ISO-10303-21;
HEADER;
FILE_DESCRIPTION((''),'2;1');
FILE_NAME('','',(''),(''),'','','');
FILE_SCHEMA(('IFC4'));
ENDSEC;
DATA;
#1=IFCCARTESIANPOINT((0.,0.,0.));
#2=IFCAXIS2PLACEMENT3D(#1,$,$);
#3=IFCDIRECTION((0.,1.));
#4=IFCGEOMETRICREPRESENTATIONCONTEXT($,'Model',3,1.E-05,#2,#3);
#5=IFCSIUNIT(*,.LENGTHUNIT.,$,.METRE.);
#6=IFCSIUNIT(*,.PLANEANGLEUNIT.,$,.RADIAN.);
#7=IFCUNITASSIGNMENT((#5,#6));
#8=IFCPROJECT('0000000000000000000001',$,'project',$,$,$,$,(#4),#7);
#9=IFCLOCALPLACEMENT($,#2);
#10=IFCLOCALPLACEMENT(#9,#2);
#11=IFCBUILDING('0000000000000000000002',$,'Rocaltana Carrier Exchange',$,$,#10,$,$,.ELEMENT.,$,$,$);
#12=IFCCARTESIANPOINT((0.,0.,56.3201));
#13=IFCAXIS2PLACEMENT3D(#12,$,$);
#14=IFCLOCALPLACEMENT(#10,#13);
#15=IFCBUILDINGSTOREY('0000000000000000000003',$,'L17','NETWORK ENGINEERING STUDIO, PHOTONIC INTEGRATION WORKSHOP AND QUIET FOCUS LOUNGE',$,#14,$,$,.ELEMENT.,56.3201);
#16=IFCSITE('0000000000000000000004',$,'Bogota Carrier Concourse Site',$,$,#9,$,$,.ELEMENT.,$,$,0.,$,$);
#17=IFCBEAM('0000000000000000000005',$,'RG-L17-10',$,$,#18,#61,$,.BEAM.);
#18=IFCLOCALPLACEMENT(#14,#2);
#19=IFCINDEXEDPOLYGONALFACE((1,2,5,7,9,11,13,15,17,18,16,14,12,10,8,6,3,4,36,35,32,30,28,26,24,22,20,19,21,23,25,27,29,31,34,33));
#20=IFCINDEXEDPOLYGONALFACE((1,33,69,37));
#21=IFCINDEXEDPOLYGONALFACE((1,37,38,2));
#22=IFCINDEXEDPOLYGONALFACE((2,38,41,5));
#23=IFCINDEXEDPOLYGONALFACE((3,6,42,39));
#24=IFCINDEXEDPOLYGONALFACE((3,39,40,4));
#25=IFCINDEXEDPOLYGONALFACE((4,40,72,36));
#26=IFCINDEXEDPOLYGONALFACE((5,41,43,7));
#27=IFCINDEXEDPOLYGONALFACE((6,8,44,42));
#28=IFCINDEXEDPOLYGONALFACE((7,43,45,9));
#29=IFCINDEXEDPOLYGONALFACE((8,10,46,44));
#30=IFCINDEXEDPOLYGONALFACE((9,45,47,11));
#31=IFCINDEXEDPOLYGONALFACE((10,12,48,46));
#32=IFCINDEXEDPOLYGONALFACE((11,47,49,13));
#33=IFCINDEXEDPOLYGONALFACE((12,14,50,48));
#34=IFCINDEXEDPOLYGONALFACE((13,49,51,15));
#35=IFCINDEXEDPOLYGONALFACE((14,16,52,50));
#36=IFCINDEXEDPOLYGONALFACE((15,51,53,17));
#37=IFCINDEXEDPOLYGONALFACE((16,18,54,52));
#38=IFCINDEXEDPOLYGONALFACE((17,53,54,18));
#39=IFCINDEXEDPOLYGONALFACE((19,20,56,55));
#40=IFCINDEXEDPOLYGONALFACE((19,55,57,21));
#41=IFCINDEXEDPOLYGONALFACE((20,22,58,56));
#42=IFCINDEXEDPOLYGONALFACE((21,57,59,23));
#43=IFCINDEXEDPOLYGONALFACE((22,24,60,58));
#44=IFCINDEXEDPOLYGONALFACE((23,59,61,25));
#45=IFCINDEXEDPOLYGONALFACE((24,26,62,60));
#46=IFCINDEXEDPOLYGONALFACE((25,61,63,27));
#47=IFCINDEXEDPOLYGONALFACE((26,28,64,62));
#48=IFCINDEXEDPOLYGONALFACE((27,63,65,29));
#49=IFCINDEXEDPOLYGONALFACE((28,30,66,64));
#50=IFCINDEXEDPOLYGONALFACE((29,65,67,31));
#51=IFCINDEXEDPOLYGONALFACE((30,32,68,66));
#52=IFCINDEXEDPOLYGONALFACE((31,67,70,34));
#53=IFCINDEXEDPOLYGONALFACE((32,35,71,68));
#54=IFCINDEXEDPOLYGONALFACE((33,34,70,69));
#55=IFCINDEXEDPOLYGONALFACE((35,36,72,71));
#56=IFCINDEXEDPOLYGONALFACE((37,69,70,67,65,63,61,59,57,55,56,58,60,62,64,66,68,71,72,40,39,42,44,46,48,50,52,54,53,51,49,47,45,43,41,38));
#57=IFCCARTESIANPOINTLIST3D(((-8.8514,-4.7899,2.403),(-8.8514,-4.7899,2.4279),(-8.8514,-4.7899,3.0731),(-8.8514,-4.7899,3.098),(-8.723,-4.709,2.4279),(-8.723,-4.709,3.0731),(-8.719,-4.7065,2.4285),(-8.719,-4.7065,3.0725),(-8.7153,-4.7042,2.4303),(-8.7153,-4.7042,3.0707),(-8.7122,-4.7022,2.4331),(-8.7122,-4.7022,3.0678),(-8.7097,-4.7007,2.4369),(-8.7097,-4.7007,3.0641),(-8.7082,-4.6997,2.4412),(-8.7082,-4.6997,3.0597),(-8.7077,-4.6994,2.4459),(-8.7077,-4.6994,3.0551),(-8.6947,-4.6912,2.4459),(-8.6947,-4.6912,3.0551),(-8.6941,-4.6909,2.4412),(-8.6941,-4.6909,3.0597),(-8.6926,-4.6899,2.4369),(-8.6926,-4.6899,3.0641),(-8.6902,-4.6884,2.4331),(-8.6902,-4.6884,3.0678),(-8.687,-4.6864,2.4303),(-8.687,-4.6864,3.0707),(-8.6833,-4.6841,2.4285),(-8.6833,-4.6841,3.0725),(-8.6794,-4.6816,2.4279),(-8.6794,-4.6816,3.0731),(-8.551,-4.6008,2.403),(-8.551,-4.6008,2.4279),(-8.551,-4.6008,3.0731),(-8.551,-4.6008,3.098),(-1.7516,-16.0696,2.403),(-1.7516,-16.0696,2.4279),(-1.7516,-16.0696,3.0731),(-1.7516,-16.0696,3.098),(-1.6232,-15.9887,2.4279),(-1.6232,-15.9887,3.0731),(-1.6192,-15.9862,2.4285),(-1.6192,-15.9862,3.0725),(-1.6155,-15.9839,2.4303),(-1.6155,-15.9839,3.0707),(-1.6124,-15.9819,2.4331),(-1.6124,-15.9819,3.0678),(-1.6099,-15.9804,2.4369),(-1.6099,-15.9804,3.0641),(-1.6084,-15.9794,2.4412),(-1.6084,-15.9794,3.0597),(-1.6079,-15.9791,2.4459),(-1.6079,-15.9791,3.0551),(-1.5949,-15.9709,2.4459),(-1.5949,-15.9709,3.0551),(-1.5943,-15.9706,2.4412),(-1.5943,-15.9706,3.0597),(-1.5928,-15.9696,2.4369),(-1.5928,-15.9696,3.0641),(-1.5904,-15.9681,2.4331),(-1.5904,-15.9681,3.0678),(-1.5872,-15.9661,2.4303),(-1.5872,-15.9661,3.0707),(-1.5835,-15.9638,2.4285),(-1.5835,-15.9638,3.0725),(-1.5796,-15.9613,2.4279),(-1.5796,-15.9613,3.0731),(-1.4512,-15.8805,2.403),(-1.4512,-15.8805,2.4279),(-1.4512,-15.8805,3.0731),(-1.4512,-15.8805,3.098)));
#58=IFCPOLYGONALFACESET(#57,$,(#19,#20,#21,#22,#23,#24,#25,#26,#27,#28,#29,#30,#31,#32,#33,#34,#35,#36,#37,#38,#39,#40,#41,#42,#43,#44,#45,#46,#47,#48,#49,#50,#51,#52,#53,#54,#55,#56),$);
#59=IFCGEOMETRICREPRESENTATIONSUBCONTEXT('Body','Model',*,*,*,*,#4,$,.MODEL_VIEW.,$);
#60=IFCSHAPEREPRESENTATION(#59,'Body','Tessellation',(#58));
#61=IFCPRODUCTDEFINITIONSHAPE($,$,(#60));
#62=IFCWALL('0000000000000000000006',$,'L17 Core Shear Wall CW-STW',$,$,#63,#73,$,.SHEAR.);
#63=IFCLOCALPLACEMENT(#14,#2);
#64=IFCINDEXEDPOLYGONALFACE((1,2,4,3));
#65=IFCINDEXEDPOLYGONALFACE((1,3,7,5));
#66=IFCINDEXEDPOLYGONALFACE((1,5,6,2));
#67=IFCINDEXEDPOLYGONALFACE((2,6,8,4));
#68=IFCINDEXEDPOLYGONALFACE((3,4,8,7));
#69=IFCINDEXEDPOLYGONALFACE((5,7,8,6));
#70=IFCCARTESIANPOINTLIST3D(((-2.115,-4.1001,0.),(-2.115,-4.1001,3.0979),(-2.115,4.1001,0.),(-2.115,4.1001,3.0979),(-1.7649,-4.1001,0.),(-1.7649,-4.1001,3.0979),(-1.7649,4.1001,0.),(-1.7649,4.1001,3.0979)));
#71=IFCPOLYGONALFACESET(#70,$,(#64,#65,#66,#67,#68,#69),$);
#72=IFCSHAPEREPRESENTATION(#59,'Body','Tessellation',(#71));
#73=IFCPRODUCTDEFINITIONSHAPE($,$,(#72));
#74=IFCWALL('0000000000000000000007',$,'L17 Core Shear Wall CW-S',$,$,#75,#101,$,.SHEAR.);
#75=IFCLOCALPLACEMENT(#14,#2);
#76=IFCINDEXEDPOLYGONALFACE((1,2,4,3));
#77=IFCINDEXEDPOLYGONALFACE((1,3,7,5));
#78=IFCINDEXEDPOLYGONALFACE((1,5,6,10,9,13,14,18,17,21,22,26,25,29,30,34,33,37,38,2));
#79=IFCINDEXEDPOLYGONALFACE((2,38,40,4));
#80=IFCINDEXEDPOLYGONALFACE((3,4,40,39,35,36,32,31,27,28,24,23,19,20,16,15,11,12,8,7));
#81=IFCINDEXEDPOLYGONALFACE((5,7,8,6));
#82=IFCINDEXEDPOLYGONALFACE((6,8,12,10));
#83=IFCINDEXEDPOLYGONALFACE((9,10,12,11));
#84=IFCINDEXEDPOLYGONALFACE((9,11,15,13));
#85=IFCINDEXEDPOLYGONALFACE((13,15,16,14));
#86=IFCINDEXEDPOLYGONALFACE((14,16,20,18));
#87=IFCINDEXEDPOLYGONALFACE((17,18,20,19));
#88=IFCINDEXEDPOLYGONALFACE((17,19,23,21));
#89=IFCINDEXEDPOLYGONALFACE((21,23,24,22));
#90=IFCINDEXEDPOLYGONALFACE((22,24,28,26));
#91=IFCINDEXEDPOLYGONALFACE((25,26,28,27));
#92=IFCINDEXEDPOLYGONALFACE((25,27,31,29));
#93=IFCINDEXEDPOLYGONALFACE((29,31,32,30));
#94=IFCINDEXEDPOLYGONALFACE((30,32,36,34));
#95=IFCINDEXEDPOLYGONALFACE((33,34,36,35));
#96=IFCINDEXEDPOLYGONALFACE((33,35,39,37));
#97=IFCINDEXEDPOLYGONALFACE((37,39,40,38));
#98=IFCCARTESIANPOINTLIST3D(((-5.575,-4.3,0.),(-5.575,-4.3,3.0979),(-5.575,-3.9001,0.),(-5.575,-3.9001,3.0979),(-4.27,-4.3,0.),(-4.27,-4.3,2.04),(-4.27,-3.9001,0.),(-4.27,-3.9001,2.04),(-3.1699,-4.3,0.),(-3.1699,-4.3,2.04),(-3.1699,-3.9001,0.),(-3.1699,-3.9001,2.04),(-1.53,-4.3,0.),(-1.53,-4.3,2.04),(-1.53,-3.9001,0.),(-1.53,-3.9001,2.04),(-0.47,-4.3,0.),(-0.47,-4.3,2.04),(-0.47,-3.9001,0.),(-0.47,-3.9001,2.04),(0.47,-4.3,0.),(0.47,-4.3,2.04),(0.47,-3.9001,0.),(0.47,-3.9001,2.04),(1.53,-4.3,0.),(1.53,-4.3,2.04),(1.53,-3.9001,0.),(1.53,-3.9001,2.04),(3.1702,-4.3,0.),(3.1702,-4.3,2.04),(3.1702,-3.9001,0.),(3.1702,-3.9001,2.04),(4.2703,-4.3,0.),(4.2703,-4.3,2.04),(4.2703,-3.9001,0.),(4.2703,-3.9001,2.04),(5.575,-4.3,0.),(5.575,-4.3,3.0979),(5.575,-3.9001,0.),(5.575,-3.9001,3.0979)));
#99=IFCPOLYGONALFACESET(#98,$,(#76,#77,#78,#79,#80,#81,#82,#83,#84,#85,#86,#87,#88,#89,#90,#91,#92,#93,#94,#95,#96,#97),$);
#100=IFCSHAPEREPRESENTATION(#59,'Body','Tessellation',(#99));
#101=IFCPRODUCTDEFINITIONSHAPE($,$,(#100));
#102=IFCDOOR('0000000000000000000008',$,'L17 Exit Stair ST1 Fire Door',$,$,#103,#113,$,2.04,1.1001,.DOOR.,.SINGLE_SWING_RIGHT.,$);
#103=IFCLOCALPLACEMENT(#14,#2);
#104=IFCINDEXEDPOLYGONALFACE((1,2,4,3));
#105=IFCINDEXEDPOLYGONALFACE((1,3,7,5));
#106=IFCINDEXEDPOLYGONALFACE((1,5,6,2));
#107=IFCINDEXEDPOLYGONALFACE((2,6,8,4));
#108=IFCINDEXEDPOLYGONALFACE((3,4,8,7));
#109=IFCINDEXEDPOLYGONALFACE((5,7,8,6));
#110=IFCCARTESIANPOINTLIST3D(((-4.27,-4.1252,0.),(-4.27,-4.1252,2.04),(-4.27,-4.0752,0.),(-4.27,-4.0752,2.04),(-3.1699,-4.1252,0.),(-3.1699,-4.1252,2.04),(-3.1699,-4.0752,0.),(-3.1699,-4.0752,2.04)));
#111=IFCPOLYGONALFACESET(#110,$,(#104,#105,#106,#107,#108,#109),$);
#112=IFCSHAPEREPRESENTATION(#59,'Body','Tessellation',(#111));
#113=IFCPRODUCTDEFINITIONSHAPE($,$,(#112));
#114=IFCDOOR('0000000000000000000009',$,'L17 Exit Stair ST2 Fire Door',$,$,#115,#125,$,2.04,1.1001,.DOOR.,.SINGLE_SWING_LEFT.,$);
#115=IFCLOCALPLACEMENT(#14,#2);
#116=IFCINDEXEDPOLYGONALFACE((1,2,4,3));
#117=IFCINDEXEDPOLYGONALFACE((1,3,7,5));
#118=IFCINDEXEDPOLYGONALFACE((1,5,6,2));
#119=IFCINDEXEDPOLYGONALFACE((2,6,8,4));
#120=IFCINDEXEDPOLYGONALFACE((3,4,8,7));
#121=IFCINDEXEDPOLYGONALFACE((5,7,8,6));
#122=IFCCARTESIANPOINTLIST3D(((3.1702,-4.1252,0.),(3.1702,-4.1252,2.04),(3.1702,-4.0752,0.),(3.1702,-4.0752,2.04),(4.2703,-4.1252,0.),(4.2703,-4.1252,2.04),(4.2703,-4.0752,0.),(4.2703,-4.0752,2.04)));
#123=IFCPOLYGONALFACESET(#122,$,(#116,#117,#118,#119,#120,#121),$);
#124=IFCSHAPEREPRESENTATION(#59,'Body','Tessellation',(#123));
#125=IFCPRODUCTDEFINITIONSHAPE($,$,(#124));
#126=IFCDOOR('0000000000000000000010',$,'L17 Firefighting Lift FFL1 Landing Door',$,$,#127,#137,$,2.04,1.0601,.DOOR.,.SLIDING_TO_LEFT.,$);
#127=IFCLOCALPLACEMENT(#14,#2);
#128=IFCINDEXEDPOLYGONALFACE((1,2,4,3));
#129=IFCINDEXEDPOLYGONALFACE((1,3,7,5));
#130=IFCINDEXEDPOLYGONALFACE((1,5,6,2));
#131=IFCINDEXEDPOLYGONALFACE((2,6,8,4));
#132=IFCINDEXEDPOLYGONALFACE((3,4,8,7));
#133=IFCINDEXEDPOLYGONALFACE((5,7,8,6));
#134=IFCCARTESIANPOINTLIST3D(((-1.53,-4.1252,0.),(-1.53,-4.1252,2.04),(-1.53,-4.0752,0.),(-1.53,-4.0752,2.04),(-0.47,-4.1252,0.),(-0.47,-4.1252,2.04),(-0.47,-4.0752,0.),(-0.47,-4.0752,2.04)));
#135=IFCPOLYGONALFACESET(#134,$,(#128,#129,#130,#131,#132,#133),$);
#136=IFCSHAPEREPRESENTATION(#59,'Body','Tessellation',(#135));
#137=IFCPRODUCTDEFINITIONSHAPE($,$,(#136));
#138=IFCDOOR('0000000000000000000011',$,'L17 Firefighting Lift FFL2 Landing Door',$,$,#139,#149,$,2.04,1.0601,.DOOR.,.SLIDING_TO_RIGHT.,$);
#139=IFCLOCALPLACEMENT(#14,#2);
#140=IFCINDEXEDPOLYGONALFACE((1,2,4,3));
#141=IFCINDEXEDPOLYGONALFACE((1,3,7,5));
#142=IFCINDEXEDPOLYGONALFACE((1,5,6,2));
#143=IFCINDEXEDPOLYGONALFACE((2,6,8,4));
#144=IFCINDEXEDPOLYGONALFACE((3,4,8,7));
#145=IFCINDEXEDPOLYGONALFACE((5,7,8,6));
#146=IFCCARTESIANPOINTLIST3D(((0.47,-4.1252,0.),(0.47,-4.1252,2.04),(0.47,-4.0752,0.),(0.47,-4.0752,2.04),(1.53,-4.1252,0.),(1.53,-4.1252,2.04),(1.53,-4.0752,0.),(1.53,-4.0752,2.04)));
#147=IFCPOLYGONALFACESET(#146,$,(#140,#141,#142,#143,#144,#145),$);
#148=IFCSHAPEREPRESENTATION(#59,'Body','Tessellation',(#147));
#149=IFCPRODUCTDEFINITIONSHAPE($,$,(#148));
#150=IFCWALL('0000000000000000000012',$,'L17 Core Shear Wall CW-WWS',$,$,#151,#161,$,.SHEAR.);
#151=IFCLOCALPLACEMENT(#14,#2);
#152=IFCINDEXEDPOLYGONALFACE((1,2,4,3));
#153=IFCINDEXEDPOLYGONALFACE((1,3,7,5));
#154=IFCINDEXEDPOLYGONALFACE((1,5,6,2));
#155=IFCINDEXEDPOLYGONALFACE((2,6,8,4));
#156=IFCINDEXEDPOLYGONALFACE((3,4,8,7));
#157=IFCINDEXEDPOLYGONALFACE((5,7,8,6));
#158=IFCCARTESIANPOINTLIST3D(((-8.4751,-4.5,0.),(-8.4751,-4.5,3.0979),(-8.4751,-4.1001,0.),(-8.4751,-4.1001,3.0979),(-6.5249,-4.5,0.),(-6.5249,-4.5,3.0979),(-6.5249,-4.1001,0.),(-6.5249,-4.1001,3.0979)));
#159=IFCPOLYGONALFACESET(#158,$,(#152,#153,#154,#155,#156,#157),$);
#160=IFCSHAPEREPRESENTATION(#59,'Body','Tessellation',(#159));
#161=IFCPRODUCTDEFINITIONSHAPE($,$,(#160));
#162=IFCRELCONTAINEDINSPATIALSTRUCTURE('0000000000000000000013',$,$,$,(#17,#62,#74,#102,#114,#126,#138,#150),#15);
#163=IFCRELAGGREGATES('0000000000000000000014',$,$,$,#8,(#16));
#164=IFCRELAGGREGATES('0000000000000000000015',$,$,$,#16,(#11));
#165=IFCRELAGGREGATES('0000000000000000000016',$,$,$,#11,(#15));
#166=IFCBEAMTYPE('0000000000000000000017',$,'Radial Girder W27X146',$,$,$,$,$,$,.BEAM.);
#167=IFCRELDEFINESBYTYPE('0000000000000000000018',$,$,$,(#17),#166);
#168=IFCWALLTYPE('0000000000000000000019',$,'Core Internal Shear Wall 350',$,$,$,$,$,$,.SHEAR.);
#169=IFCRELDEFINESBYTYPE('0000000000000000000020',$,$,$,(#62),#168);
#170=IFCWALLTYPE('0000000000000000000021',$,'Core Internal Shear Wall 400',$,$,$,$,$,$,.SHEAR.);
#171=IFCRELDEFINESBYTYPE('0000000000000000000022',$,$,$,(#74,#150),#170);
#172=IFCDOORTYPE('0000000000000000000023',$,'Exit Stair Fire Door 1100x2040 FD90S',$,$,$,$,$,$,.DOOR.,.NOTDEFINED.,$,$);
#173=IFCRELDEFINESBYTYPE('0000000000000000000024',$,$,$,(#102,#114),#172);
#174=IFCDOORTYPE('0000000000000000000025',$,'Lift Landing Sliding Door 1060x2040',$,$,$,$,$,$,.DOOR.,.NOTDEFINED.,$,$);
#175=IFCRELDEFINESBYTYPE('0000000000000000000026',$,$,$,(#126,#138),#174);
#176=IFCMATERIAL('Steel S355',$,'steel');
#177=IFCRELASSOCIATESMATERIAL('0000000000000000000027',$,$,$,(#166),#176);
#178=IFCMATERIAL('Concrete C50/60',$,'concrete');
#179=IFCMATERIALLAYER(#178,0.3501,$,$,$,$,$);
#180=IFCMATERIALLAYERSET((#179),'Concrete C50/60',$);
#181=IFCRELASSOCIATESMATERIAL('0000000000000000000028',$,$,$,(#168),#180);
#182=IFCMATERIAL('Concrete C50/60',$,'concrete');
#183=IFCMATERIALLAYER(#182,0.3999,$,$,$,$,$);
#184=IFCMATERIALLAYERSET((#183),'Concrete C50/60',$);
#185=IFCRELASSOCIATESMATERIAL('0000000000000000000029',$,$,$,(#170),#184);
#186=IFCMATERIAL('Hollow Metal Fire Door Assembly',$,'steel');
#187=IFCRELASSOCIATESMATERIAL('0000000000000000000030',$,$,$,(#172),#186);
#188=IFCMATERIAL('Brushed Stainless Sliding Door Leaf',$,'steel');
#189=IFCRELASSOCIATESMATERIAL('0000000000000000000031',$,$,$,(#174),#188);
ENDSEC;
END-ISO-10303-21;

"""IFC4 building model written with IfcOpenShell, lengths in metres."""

from ifc_helpers import new_model, si_unit, direction, frame, frame_2d, origin, origin_2d, place, context, subcontext, project, spatial, rectangle, i_section, extrude, material, layer, layer_set, material_profile, profile_set, type_object, element, fill, save


model = new_model("IFC4")

# Units and contexts
model_context = context("Model", 3, precision=1e-05, world=origin(), true_north=direction((0.0, 1.0)))
body_context = subcontext(model_context, "Body", "Model", "MODEL_VIEW")
ifc_project = project(units=[si_unit("LENGTHUNIT", "METRE"), si_unit("PLANEANGLEUNIT", "RADIAN")], contexts=[model_context])

# Site, building, storey
site_placement = place(None, origin())
site = spatial("IfcSite", under=ifc_project, at=site_placement, Name="Bogota Carrier Concourse Site", CompositionType="ELEMENT", RefElevation=0.0)
building_placement = place(site_placement, origin())
building = spatial("IfcBuilding", under=site, at=building_placement, Name="Rocaltana Carrier Exchange", CompositionType="ELEMENT")
storey_placement = place(building_placement, frame((0.0, 0.0, 56.3201)))
storey = spatial("IfcBuildingStorey", under=building, at=storey_placement, Name="L17", Description="NETWORK ENGINEERING STUDIO, PHOTONIC INTEGRATION WORKSHOP AND QUIET FOCUS LOUNGE", CompositionType="ELEMENT", Elevation=56.3201)

# Beam
ifc_material_1 = material(Name="Steel S355", Category="steel")
ifc_material_profile_1 = material_profile(ifc_material_1, i_section(OverallWidth=0.355, OverallDepth=0.6951, WebThickness=0.0154, FlangeThickness=0.0249, FilletRadius=0.0181, at=origin_2d()), Name="W27X146")
ifc_profile_set_1 = profile_set([ifc_material_profile_1], Name="Steel S355")
beam_type = type_object("IfcBeamType", Name="Radial Girder W27X146", PredefinedType="BEAM", material=ifc_profile_set_1)
beam_placement = place(storey_placement, frame((-8.7012, -4.6953, 2.7505), z_axis=(0.532693, -0.846308, 0.0), x_axis=(0.846308, 0.532693, 0.0)))
element("IfcBeam", 1, at=beam_placement, inside=storey, type_object=beam_type, Name="RG-L17-10", PredefinedType="BEAM", context=body_context, shape_type="SweptSolid", body=[
    extrude(i_section(OverallWidth=0.355, OverallDepth=0.6951, WebThickness=0.0154, FlangeThickness=0.0249, FilletRadius=0.0181, at=origin_2d()), origin(), (0.0, 0.0, 1.0), 13.3281),
])

# Wall
ifc_material_2 = material(Name="Concrete C50/60", Category="concrete")
ifc_layer_1 = layer(ifc_material_2, 0.3501)
ifc_layer_set_1 = layer_set([ifc_layer_1], Name="Concrete C50/60")
wall_type_1 = type_object("IfcWallType", Name="Core Internal Shear Wall 350", PredefinedType="SHEAR", material=ifc_layer_set_1)
wall_1_placement = place(storey_placement, frame((-1.9399, -4.1001, 0.0), z_axis=(0.0, 0.0, 1.0), x_axis=(0.0, 1.0, 0.0)))
element("IfcWall", 2, at=wall_1_placement, inside=storey, type_object=wall_type_1, Name="L17 Core Shear Wall CW-STW", PredefinedType="SHEAR", context=body_context, shape_type="SweptSolid", body=[
    extrude(rectangle(XDim=8.2002, YDim=0.3501, at=frame_2d((4.1001, 0.0))), origin(), (0.0, 0.0, 1.0), 3.0979),
])

# Wall, openings, doors
ifc_material_3 = material(Name="Concrete C50/60", Category="concrete")
ifc_layer_2 = layer(ifc_material_3, 0.3999)
ifc_layer_set_2 = layer_set([ifc_layer_2], Name="Concrete C50/60")
wall_type_2 = type_object("IfcWallType", Name="Core Internal Shear Wall 400", PredefinedType="SHEAR", material=ifc_layer_set_2)
wall_2_placement = place(storey_placement, frame((-5.575, -4.1001, 0.0), z_axis=(0.0, 0.0, 1.0), x_axis=(1.0, 0.0, 0.0)))
wall_2 = element("IfcWall", 3, at=wall_2_placement, inside=storey, type_object=wall_type_2, Name="L17 Core Shear Wall CW-S", PredefinedType="SHEAR", context=body_context, shape_type="SweptSolid", body=[
    extrude(rectangle(XDim=11.1499, YDim=0.3999, at=frame_2d((5.575, 0.0))), origin(), (0.0, 0.0, 1.0), 3.0979),
])
opening_1_placement = place(wall_2_placement, frame((1.3049, 0.0, 0.0)))
opening_1 = element("IfcOpeningElement", 4, at=opening_1_placement, cuts=wall_2, PredefinedType="OPENING", context=body_context, shape_type="SweptSolid", body=[
    extrude(rectangle(XDim=1.1001, YDim=2.04, at=frame_2d((0.55, 1.02))), frame((0.0, 0.21, 0.0), z_axis=(0.0, -1.0, 0.0), x_axis=(1.0, 0.0, 0.0)), (0.0, 0.0, 1.0), 0.4199),
])
opening_2_placement = place(wall_2_placement, frame((8.7451, 0.0, 0.0)))
opening_2 = element("IfcOpeningElement", 5, at=opening_2_placement, cuts=wall_2, PredefinedType="OPENING", context=body_context, shape_type="SweptSolid", body=[
    extrude(rectangle(XDim=1.1001, YDim=2.04, at=frame_2d((0.55, 1.02))), frame((0.0, 0.21, 0.0), z_axis=(0.0, -1.0, 0.0), x_axis=(1.0, 0.0, 0.0)), (0.0, 0.0, 1.0), 0.4199),
])
opening_3_placement = place(wall_2_placement, frame((4.0449, 0.0, 0.0)))
opening_3 = element("IfcOpeningElement", 6, at=opening_3_placement, cuts=wall_2, PredefinedType="OPENING", context=body_context, shape_type="SweptSolid", body=[
    extrude(rectangle(XDim=1.0601, YDim=2.04, at=frame_2d((0.53, 1.02))), frame((0.0, 0.21, 0.0), z_axis=(0.0, -1.0, 0.0), x_axis=(1.0, 0.0, 0.0)), (0.0, 0.0, 1.0), 0.4199),
])
opening_4_placement = place(wall_2_placement, frame((6.0449, 0.0, 0.0)))
opening_4 = element("IfcOpeningElement", 7, at=opening_4_placement, cuts=wall_2, PredefinedType="OPENING", context=body_context, shape_type="SweptSolid", body=[
    extrude(rectangle(XDim=1.0601, YDim=2.04, at=frame_2d((0.53, 1.02))), frame((0.0, 0.21, 0.0), z_axis=(0.0, -1.0, 0.0), x_axis=(1.0, 0.0, 0.0)), (0.0, 0.0, 1.0), 0.4199),
])
ifc_material_4 = material(Name="Hollow Metal Fire Door Assembly", Category="steel")
door_type_1 = type_object("IfcDoorType", Name="Exit Stair Fire Door 1100x2040 FD90S", OperationType="NOTDEFINED", PredefinedType="DOOR", material=ifc_material_4)
door_1_placement = place(opening_1_placement, origin())
door_1 = element("IfcDoor", 8, at=door_1_placement, inside=storey, type_object=door_type_1, Name="L17 Exit Stair ST1 Fire Door", OperationType="SINGLE_SWING_RIGHT", OverallHeight=2.04, OverallWidth=1.1001, PredefinedType="DOOR", context=body_context, shape_type="SweptSolid", body=[
    extrude(rectangle(XDim=1.1001, YDim=2.04, at=frame_2d((0.55, 1.02))), frame((0.0, 0.0249, 0.0), z_axis=(0.0, -1.0, 0.0), x_axis=(1.0, 0.0, 0.0)), (0.0, 0.0, 1.0), 0.05),
])
fill(opening_1, door_1)
door_2_placement = place(opening_2_placement, origin())
door_2 = element("IfcDoor", 9, at=door_2_placement, inside=storey, type_object=door_type_1, Name="L17 Exit Stair ST2 Fire Door", OperationType="SINGLE_SWING_LEFT", OverallHeight=2.04, OverallWidth=1.1001, PredefinedType="DOOR", context=body_context, shape_type="SweptSolid", body=[
    extrude(rectangle(XDim=1.1001, YDim=2.04, at=frame_2d((0.55, 1.02))), frame((0.0, 0.0249, 0.0), z_axis=(0.0, -1.0, 0.0), x_axis=(1.0, 0.0, 0.0)), (0.0, 0.0, 1.0), 0.05),
])
fill(opening_2, door_2)
ifc_material_5 = material(Name="Brushed Stainless Sliding Door Leaf", Category="steel")
door_type_2 = type_object("IfcDoorType", Name="Lift Landing Sliding Door 1060x2040", OperationType="NOTDEFINED", PredefinedType="DOOR", material=ifc_material_5)
door_3_placement = place(opening_3_placement, origin())
door_3 = element("IfcDoor", 10, at=door_3_placement, inside=storey, type_object=door_type_2, Name="L17 Firefighting Lift FFL1 Landing Door", OperationType="SLIDING_TO_LEFT", OverallHeight=2.04, OverallWidth=1.0601, PredefinedType="DOOR", context=body_context, shape_type="SweptSolid", body=[
    extrude(rectangle(XDim=1.0601, YDim=2.04, at=frame_2d((0.53, 1.02))), frame((0.0, 0.0249, 0.0), z_axis=(0.0, -1.0, 0.0), x_axis=(1.0, 0.0, 0.0)), (0.0, 0.0, 1.0), 0.05),
])
fill(opening_3, door_3)
door_4_placement = place(opening_4_placement, origin())
door_4 = element("IfcDoor", 11, at=door_4_placement, inside=storey, type_object=door_type_2, Name="L17 Firefighting Lift FFL2 Landing Door", OperationType="SLIDING_TO_RIGHT", OverallHeight=2.04, OverallWidth=1.0601, PredefinedType="DOOR", context=body_context, shape_type="SweptSolid", body=[
    extrude(rectangle(XDim=1.0601, YDim=2.04, at=frame_2d((0.53, 1.02))), frame((0.0, 0.0249, 0.0), z_axis=(0.0, -1.0, 0.0), x_axis=(1.0, 0.0, 0.0)), (0.0, 0.0, 1.0), 0.05),
])
fill(opening_4, door_4)

# Wall
wall_3_placement = place(storey_placement, frame((-8.4751, -4.3, 0.0), z_axis=(0.0, 0.0, 1.0), x_axis=(1.0, 0.0, 0.0)))
element("IfcWall", 12, at=wall_3_placement, inside=storey, type_object=wall_type_2, Name="L17 Core Shear Wall CW-WWS", PredefinedType="SHEAR", context=body_context, shape_type="SweptSolid", body=[
    extrude(rectangle(XDim=1.9502, YDim=0.3999, at=frame_2d((0.9751, 0.0))), origin(), (0.0, 0.0, 1.0), 3.0979),
])

save(model, "model.ifc")
